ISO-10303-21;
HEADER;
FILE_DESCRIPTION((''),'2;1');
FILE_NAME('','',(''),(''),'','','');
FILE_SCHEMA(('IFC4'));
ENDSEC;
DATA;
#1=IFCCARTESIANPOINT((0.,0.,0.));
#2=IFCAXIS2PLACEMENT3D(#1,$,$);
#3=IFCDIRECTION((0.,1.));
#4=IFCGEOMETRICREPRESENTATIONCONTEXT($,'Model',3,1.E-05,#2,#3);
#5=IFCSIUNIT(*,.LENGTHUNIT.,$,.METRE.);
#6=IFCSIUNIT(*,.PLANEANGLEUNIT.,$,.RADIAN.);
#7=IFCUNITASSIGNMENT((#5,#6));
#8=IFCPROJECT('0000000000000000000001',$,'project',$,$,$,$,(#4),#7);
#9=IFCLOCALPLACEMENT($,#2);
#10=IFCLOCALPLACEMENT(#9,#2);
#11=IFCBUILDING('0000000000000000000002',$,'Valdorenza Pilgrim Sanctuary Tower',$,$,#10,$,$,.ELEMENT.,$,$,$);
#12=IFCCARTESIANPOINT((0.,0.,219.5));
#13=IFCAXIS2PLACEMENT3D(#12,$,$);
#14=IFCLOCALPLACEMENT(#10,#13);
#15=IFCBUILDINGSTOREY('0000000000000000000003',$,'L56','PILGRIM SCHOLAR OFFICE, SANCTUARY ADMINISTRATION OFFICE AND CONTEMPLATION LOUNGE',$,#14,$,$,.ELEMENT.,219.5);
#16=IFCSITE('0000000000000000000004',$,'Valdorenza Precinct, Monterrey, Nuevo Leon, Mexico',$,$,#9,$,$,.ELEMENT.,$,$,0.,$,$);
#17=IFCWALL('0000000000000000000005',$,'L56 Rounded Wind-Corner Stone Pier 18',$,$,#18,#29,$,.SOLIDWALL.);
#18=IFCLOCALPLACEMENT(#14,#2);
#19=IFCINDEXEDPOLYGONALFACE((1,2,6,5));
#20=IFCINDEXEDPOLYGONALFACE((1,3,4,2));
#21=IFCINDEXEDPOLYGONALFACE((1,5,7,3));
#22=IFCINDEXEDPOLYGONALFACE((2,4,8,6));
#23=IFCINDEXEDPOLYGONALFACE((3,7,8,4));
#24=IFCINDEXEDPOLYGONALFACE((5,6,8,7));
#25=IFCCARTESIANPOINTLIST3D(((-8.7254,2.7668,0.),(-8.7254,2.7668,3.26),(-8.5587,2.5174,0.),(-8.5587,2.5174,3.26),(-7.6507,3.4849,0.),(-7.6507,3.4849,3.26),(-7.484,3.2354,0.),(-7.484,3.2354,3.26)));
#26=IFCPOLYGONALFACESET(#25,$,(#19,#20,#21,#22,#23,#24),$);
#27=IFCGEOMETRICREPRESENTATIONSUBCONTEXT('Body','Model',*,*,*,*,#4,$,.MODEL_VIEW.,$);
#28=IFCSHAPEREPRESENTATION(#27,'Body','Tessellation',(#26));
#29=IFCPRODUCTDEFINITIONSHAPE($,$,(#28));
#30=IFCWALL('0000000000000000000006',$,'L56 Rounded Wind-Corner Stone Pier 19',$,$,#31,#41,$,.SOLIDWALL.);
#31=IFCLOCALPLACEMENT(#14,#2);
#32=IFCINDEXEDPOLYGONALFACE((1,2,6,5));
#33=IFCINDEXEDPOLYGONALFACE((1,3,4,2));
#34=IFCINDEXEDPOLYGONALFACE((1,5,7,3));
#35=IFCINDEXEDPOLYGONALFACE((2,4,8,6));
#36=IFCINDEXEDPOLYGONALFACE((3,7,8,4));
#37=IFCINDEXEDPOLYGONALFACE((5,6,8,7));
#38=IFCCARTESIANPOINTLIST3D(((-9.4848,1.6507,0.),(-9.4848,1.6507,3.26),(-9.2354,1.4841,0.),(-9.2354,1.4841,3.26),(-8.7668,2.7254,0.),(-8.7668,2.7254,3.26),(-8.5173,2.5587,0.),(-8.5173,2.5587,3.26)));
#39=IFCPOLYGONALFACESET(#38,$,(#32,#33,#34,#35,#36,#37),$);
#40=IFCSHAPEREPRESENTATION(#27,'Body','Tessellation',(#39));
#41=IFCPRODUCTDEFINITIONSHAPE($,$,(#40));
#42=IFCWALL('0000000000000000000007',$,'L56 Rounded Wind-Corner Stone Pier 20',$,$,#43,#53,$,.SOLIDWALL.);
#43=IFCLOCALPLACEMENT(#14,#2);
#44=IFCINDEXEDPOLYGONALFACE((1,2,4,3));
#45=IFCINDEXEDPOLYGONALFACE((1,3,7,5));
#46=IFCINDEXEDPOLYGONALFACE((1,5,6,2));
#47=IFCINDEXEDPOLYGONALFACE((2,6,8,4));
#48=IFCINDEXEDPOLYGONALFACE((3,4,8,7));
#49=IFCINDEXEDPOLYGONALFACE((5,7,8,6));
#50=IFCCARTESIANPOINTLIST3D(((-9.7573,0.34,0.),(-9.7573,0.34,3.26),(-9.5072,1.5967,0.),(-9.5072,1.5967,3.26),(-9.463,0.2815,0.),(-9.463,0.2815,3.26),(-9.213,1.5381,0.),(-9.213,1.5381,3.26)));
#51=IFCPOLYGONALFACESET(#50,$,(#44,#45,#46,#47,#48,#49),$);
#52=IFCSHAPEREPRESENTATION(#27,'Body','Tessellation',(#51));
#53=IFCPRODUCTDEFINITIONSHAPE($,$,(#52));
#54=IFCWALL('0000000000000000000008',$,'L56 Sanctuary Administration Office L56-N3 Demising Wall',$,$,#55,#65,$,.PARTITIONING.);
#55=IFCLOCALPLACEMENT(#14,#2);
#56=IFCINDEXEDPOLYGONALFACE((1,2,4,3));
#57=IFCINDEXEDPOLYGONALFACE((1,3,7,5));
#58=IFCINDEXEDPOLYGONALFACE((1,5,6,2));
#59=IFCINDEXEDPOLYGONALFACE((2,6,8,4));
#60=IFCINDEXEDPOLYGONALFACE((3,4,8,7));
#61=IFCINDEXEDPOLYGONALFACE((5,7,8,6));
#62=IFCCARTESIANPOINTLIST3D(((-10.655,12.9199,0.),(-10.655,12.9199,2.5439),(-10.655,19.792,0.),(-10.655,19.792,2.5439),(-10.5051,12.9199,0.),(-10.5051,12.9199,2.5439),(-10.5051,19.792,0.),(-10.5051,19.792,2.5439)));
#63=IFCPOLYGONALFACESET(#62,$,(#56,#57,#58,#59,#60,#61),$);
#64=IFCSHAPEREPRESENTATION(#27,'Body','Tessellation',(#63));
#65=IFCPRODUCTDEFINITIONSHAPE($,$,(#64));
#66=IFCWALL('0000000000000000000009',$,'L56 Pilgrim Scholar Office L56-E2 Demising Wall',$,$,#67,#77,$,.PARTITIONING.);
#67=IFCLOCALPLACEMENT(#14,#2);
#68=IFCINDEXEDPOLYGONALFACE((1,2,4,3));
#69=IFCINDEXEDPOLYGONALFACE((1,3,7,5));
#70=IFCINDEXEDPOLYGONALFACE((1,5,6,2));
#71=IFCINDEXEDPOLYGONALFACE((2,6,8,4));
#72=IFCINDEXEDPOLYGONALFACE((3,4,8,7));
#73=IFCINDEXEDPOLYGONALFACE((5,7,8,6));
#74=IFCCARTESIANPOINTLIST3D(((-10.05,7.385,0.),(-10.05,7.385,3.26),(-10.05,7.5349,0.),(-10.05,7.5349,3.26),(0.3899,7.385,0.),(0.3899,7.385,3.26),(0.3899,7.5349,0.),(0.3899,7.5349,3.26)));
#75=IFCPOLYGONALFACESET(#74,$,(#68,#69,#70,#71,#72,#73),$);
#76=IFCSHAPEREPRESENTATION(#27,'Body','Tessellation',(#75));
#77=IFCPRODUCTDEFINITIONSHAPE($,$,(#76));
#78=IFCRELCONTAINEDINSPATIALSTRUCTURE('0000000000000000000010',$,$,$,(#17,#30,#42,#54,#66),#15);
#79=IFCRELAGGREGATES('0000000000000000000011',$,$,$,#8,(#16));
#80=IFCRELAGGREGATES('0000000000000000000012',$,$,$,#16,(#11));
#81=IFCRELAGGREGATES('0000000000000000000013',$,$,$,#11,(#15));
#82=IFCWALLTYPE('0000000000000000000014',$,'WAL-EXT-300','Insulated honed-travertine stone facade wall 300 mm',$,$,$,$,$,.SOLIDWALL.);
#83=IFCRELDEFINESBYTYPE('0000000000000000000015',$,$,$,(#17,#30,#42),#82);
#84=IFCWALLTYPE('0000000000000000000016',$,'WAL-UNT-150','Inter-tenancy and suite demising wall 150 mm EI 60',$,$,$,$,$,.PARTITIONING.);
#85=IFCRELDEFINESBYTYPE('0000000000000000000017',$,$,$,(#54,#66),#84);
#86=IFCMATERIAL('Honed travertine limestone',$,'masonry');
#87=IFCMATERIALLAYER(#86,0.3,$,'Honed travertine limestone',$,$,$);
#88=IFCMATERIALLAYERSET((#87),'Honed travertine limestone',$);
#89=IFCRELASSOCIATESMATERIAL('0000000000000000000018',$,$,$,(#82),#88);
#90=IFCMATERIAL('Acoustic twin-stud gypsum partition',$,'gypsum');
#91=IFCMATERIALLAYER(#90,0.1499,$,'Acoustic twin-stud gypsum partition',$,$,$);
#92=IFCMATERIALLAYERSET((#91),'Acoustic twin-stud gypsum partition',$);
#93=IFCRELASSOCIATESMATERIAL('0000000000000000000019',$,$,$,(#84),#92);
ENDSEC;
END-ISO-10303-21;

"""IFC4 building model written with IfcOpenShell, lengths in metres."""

from ifc_helpers import new_model, si_unit, direction, frame, frame_2d, origin, place, context, subcontext, project, spatial, rectangle, extrude, material, layer, layer_set, type_object, element, save


model = new_model("IFC4")

# Units and contexts
model_context = context("Model", 3, precision=1e-05, world=origin(), true_north=direction((0.0, 1.0)))
body_context = subcontext(model_context, "Body", "Model", "MODEL_VIEW")
ifc_project = project(units=[si_unit("LENGTHUNIT", "METRE"), si_unit("PLANEANGLEUNIT", "RADIAN")], contexts=[model_context])

# Site, building, storey
site_placement = place(None, origin())
site = spatial("IfcSite", under=ifc_project, at=site_placement, Name="Valdorenza Precinct, Monterrey, Nuevo Leon, Mexico", CompositionType="ELEMENT", RefElevation=0.0)
building_placement = place(site_placement, origin())
building = spatial("IfcBuilding", under=site, at=building_placement, Name="Valdorenza Pilgrim Sanctuary Tower", CompositionType="ELEMENT")
storey_placement = place(building_placement, frame((0.0, 0.0, 219.5)))
storey = spatial("IfcBuildingStorey", under=building, at=storey_placement, Name="L56", Description="PILGRIM SCHOLAR OFFICE, SANCTUARY ADMINISTRATION OFFICE AND CONTEMPLATION LOUNGE", CompositionType="ELEMENT", Elevation=219.5)

# Shared definitions
ifc_material_1 = material(Name="Honed travertine limestone", Category="masonry")

# Shared definitions
ifc_material_2 = material(Name="Acoustic twin-stud gypsum partition", Category="gypsum")

# Walls
ifc_layer_1 = layer(ifc_material_1, 0.3, Name="Honed travertine limestone")
ifc_layer_set_1 = layer_set([ifc_layer_1], Name="Honed travertine limestone")
wall_type_1 = type_object("IfcWallType", Name="WAL-EXT-300", Description="Insulated honed-travertine stone facade wall 300 mm", PredefinedType="SOLIDWALL", material=ifc_layer_set_1)
for number, where, z_axis, x_axis, name in (
    (1, (-7.5674, 3.3601, 0.0), (0.0, 0.0, 1.0), (-0.831498, -0.555528, 0.0), "L56 Rounded Wind-Corner Stone Pier 18"),
    (2, (-8.6421, 2.6421, 0.0), (0.0, 0.0, 1.0), (-0.555528, -0.831498, 0.0), "L56 Rounded Wind-Corner Stone Pier 19"),
):
    element("IfcWall", number, at=place(storey_placement, frame(where, z_axis=z_axis, x_axis=x_axis)), inside=storey, type_object=wall_type_1, Name=name, PredefinedType="SOLIDWALL", context=body_context, shape_type="SweptSolid", body=[
        extrude(rectangle(XDim=1.2925, YDim=0.3, at=frame_2d((0.6462, 0.0))), origin(), (0.0, 0.0, 1.0), 3.26),
    ])
wall_1_placement = place(storey_placement, frame((-9.3601, 1.5674, 0.0), z_axis=(0.0, 0.0, 1.0), x_axis=(-0.195127, -0.980778, 0.0)))
element("IfcWall", 3, at=wall_1_placement, inside=storey, type_object=wall_type_1, Name="L56 Rounded Wind-Corner Stone Pier 20", PredefinedType="SOLIDWALL", context=body_context, shape_type="SweptSolid", body=[
    extrude(rectangle(XDim=1.2812, YDim=0.3, at=frame_2d((0.6406, 0.0))), origin(), (0.0, 0.0, 1.0), 3.26),
])
ifc_layer_2 = layer(ifc_material_2, 0.1499, Name="Acoustic twin-stud gypsum partition")
ifc_layer_set_2 = layer_set([ifc_layer_2], Name="Acoustic twin-stud gypsum partition")
wall_type_2 = type_object("IfcWallType", Name="WAL-UNT-150", Description="Inter-tenancy and suite demising wall 150 mm EI 60", PredefinedType="PARTITIONING", material=ifc_layer_set_2)
wall_2_placement = place(storey_placement, frame((-10.5801, 12.9199, 0.0), z_axis=(0.0, 0.0, 1.0), x_axis=(0.0, 1.0, 0.0)))
element("IfcWall", 4, at=wall_2_placement, inside=storey, type_object=wall_type_2, Name="L56 Sanctuary Administration Office L56-N3 Demising Wall", PredefinedType="PARTITIONING", context=body_context, shape_type="SweptSolid", body=[
    extrude(rectangle(XDim=6.8721, YDim=0.1499, at=frame_2d((3.436, 0.0))), origin(), (0.0, 0.0, 1.0), 2.5439),
])
wall_3_placement = place(storey_placement, frame((-10.05, 7.46, 0.0), z_axis=(0.0, 0.0, 1.0), x_axis=(1.0, 0.0, 0.0)))
element("IfcWall", 5, at=wall_3_placement, inside=storey, type_object=wall_type_2, Name="L56 Pilgrim Scholar Office L56-E2 Demising Wall", PredefinedType="PARTITIONING", context=body_context, shape_type="SweptSolid", body=[
    extrude(rectangle(XDim=10.4399, YDim=0.1499, at=frame_2d((5.22, 0.0))), origin(), (0.0, 0.0, 1.0), 3.26),
])

save(model, "model.ifc")
